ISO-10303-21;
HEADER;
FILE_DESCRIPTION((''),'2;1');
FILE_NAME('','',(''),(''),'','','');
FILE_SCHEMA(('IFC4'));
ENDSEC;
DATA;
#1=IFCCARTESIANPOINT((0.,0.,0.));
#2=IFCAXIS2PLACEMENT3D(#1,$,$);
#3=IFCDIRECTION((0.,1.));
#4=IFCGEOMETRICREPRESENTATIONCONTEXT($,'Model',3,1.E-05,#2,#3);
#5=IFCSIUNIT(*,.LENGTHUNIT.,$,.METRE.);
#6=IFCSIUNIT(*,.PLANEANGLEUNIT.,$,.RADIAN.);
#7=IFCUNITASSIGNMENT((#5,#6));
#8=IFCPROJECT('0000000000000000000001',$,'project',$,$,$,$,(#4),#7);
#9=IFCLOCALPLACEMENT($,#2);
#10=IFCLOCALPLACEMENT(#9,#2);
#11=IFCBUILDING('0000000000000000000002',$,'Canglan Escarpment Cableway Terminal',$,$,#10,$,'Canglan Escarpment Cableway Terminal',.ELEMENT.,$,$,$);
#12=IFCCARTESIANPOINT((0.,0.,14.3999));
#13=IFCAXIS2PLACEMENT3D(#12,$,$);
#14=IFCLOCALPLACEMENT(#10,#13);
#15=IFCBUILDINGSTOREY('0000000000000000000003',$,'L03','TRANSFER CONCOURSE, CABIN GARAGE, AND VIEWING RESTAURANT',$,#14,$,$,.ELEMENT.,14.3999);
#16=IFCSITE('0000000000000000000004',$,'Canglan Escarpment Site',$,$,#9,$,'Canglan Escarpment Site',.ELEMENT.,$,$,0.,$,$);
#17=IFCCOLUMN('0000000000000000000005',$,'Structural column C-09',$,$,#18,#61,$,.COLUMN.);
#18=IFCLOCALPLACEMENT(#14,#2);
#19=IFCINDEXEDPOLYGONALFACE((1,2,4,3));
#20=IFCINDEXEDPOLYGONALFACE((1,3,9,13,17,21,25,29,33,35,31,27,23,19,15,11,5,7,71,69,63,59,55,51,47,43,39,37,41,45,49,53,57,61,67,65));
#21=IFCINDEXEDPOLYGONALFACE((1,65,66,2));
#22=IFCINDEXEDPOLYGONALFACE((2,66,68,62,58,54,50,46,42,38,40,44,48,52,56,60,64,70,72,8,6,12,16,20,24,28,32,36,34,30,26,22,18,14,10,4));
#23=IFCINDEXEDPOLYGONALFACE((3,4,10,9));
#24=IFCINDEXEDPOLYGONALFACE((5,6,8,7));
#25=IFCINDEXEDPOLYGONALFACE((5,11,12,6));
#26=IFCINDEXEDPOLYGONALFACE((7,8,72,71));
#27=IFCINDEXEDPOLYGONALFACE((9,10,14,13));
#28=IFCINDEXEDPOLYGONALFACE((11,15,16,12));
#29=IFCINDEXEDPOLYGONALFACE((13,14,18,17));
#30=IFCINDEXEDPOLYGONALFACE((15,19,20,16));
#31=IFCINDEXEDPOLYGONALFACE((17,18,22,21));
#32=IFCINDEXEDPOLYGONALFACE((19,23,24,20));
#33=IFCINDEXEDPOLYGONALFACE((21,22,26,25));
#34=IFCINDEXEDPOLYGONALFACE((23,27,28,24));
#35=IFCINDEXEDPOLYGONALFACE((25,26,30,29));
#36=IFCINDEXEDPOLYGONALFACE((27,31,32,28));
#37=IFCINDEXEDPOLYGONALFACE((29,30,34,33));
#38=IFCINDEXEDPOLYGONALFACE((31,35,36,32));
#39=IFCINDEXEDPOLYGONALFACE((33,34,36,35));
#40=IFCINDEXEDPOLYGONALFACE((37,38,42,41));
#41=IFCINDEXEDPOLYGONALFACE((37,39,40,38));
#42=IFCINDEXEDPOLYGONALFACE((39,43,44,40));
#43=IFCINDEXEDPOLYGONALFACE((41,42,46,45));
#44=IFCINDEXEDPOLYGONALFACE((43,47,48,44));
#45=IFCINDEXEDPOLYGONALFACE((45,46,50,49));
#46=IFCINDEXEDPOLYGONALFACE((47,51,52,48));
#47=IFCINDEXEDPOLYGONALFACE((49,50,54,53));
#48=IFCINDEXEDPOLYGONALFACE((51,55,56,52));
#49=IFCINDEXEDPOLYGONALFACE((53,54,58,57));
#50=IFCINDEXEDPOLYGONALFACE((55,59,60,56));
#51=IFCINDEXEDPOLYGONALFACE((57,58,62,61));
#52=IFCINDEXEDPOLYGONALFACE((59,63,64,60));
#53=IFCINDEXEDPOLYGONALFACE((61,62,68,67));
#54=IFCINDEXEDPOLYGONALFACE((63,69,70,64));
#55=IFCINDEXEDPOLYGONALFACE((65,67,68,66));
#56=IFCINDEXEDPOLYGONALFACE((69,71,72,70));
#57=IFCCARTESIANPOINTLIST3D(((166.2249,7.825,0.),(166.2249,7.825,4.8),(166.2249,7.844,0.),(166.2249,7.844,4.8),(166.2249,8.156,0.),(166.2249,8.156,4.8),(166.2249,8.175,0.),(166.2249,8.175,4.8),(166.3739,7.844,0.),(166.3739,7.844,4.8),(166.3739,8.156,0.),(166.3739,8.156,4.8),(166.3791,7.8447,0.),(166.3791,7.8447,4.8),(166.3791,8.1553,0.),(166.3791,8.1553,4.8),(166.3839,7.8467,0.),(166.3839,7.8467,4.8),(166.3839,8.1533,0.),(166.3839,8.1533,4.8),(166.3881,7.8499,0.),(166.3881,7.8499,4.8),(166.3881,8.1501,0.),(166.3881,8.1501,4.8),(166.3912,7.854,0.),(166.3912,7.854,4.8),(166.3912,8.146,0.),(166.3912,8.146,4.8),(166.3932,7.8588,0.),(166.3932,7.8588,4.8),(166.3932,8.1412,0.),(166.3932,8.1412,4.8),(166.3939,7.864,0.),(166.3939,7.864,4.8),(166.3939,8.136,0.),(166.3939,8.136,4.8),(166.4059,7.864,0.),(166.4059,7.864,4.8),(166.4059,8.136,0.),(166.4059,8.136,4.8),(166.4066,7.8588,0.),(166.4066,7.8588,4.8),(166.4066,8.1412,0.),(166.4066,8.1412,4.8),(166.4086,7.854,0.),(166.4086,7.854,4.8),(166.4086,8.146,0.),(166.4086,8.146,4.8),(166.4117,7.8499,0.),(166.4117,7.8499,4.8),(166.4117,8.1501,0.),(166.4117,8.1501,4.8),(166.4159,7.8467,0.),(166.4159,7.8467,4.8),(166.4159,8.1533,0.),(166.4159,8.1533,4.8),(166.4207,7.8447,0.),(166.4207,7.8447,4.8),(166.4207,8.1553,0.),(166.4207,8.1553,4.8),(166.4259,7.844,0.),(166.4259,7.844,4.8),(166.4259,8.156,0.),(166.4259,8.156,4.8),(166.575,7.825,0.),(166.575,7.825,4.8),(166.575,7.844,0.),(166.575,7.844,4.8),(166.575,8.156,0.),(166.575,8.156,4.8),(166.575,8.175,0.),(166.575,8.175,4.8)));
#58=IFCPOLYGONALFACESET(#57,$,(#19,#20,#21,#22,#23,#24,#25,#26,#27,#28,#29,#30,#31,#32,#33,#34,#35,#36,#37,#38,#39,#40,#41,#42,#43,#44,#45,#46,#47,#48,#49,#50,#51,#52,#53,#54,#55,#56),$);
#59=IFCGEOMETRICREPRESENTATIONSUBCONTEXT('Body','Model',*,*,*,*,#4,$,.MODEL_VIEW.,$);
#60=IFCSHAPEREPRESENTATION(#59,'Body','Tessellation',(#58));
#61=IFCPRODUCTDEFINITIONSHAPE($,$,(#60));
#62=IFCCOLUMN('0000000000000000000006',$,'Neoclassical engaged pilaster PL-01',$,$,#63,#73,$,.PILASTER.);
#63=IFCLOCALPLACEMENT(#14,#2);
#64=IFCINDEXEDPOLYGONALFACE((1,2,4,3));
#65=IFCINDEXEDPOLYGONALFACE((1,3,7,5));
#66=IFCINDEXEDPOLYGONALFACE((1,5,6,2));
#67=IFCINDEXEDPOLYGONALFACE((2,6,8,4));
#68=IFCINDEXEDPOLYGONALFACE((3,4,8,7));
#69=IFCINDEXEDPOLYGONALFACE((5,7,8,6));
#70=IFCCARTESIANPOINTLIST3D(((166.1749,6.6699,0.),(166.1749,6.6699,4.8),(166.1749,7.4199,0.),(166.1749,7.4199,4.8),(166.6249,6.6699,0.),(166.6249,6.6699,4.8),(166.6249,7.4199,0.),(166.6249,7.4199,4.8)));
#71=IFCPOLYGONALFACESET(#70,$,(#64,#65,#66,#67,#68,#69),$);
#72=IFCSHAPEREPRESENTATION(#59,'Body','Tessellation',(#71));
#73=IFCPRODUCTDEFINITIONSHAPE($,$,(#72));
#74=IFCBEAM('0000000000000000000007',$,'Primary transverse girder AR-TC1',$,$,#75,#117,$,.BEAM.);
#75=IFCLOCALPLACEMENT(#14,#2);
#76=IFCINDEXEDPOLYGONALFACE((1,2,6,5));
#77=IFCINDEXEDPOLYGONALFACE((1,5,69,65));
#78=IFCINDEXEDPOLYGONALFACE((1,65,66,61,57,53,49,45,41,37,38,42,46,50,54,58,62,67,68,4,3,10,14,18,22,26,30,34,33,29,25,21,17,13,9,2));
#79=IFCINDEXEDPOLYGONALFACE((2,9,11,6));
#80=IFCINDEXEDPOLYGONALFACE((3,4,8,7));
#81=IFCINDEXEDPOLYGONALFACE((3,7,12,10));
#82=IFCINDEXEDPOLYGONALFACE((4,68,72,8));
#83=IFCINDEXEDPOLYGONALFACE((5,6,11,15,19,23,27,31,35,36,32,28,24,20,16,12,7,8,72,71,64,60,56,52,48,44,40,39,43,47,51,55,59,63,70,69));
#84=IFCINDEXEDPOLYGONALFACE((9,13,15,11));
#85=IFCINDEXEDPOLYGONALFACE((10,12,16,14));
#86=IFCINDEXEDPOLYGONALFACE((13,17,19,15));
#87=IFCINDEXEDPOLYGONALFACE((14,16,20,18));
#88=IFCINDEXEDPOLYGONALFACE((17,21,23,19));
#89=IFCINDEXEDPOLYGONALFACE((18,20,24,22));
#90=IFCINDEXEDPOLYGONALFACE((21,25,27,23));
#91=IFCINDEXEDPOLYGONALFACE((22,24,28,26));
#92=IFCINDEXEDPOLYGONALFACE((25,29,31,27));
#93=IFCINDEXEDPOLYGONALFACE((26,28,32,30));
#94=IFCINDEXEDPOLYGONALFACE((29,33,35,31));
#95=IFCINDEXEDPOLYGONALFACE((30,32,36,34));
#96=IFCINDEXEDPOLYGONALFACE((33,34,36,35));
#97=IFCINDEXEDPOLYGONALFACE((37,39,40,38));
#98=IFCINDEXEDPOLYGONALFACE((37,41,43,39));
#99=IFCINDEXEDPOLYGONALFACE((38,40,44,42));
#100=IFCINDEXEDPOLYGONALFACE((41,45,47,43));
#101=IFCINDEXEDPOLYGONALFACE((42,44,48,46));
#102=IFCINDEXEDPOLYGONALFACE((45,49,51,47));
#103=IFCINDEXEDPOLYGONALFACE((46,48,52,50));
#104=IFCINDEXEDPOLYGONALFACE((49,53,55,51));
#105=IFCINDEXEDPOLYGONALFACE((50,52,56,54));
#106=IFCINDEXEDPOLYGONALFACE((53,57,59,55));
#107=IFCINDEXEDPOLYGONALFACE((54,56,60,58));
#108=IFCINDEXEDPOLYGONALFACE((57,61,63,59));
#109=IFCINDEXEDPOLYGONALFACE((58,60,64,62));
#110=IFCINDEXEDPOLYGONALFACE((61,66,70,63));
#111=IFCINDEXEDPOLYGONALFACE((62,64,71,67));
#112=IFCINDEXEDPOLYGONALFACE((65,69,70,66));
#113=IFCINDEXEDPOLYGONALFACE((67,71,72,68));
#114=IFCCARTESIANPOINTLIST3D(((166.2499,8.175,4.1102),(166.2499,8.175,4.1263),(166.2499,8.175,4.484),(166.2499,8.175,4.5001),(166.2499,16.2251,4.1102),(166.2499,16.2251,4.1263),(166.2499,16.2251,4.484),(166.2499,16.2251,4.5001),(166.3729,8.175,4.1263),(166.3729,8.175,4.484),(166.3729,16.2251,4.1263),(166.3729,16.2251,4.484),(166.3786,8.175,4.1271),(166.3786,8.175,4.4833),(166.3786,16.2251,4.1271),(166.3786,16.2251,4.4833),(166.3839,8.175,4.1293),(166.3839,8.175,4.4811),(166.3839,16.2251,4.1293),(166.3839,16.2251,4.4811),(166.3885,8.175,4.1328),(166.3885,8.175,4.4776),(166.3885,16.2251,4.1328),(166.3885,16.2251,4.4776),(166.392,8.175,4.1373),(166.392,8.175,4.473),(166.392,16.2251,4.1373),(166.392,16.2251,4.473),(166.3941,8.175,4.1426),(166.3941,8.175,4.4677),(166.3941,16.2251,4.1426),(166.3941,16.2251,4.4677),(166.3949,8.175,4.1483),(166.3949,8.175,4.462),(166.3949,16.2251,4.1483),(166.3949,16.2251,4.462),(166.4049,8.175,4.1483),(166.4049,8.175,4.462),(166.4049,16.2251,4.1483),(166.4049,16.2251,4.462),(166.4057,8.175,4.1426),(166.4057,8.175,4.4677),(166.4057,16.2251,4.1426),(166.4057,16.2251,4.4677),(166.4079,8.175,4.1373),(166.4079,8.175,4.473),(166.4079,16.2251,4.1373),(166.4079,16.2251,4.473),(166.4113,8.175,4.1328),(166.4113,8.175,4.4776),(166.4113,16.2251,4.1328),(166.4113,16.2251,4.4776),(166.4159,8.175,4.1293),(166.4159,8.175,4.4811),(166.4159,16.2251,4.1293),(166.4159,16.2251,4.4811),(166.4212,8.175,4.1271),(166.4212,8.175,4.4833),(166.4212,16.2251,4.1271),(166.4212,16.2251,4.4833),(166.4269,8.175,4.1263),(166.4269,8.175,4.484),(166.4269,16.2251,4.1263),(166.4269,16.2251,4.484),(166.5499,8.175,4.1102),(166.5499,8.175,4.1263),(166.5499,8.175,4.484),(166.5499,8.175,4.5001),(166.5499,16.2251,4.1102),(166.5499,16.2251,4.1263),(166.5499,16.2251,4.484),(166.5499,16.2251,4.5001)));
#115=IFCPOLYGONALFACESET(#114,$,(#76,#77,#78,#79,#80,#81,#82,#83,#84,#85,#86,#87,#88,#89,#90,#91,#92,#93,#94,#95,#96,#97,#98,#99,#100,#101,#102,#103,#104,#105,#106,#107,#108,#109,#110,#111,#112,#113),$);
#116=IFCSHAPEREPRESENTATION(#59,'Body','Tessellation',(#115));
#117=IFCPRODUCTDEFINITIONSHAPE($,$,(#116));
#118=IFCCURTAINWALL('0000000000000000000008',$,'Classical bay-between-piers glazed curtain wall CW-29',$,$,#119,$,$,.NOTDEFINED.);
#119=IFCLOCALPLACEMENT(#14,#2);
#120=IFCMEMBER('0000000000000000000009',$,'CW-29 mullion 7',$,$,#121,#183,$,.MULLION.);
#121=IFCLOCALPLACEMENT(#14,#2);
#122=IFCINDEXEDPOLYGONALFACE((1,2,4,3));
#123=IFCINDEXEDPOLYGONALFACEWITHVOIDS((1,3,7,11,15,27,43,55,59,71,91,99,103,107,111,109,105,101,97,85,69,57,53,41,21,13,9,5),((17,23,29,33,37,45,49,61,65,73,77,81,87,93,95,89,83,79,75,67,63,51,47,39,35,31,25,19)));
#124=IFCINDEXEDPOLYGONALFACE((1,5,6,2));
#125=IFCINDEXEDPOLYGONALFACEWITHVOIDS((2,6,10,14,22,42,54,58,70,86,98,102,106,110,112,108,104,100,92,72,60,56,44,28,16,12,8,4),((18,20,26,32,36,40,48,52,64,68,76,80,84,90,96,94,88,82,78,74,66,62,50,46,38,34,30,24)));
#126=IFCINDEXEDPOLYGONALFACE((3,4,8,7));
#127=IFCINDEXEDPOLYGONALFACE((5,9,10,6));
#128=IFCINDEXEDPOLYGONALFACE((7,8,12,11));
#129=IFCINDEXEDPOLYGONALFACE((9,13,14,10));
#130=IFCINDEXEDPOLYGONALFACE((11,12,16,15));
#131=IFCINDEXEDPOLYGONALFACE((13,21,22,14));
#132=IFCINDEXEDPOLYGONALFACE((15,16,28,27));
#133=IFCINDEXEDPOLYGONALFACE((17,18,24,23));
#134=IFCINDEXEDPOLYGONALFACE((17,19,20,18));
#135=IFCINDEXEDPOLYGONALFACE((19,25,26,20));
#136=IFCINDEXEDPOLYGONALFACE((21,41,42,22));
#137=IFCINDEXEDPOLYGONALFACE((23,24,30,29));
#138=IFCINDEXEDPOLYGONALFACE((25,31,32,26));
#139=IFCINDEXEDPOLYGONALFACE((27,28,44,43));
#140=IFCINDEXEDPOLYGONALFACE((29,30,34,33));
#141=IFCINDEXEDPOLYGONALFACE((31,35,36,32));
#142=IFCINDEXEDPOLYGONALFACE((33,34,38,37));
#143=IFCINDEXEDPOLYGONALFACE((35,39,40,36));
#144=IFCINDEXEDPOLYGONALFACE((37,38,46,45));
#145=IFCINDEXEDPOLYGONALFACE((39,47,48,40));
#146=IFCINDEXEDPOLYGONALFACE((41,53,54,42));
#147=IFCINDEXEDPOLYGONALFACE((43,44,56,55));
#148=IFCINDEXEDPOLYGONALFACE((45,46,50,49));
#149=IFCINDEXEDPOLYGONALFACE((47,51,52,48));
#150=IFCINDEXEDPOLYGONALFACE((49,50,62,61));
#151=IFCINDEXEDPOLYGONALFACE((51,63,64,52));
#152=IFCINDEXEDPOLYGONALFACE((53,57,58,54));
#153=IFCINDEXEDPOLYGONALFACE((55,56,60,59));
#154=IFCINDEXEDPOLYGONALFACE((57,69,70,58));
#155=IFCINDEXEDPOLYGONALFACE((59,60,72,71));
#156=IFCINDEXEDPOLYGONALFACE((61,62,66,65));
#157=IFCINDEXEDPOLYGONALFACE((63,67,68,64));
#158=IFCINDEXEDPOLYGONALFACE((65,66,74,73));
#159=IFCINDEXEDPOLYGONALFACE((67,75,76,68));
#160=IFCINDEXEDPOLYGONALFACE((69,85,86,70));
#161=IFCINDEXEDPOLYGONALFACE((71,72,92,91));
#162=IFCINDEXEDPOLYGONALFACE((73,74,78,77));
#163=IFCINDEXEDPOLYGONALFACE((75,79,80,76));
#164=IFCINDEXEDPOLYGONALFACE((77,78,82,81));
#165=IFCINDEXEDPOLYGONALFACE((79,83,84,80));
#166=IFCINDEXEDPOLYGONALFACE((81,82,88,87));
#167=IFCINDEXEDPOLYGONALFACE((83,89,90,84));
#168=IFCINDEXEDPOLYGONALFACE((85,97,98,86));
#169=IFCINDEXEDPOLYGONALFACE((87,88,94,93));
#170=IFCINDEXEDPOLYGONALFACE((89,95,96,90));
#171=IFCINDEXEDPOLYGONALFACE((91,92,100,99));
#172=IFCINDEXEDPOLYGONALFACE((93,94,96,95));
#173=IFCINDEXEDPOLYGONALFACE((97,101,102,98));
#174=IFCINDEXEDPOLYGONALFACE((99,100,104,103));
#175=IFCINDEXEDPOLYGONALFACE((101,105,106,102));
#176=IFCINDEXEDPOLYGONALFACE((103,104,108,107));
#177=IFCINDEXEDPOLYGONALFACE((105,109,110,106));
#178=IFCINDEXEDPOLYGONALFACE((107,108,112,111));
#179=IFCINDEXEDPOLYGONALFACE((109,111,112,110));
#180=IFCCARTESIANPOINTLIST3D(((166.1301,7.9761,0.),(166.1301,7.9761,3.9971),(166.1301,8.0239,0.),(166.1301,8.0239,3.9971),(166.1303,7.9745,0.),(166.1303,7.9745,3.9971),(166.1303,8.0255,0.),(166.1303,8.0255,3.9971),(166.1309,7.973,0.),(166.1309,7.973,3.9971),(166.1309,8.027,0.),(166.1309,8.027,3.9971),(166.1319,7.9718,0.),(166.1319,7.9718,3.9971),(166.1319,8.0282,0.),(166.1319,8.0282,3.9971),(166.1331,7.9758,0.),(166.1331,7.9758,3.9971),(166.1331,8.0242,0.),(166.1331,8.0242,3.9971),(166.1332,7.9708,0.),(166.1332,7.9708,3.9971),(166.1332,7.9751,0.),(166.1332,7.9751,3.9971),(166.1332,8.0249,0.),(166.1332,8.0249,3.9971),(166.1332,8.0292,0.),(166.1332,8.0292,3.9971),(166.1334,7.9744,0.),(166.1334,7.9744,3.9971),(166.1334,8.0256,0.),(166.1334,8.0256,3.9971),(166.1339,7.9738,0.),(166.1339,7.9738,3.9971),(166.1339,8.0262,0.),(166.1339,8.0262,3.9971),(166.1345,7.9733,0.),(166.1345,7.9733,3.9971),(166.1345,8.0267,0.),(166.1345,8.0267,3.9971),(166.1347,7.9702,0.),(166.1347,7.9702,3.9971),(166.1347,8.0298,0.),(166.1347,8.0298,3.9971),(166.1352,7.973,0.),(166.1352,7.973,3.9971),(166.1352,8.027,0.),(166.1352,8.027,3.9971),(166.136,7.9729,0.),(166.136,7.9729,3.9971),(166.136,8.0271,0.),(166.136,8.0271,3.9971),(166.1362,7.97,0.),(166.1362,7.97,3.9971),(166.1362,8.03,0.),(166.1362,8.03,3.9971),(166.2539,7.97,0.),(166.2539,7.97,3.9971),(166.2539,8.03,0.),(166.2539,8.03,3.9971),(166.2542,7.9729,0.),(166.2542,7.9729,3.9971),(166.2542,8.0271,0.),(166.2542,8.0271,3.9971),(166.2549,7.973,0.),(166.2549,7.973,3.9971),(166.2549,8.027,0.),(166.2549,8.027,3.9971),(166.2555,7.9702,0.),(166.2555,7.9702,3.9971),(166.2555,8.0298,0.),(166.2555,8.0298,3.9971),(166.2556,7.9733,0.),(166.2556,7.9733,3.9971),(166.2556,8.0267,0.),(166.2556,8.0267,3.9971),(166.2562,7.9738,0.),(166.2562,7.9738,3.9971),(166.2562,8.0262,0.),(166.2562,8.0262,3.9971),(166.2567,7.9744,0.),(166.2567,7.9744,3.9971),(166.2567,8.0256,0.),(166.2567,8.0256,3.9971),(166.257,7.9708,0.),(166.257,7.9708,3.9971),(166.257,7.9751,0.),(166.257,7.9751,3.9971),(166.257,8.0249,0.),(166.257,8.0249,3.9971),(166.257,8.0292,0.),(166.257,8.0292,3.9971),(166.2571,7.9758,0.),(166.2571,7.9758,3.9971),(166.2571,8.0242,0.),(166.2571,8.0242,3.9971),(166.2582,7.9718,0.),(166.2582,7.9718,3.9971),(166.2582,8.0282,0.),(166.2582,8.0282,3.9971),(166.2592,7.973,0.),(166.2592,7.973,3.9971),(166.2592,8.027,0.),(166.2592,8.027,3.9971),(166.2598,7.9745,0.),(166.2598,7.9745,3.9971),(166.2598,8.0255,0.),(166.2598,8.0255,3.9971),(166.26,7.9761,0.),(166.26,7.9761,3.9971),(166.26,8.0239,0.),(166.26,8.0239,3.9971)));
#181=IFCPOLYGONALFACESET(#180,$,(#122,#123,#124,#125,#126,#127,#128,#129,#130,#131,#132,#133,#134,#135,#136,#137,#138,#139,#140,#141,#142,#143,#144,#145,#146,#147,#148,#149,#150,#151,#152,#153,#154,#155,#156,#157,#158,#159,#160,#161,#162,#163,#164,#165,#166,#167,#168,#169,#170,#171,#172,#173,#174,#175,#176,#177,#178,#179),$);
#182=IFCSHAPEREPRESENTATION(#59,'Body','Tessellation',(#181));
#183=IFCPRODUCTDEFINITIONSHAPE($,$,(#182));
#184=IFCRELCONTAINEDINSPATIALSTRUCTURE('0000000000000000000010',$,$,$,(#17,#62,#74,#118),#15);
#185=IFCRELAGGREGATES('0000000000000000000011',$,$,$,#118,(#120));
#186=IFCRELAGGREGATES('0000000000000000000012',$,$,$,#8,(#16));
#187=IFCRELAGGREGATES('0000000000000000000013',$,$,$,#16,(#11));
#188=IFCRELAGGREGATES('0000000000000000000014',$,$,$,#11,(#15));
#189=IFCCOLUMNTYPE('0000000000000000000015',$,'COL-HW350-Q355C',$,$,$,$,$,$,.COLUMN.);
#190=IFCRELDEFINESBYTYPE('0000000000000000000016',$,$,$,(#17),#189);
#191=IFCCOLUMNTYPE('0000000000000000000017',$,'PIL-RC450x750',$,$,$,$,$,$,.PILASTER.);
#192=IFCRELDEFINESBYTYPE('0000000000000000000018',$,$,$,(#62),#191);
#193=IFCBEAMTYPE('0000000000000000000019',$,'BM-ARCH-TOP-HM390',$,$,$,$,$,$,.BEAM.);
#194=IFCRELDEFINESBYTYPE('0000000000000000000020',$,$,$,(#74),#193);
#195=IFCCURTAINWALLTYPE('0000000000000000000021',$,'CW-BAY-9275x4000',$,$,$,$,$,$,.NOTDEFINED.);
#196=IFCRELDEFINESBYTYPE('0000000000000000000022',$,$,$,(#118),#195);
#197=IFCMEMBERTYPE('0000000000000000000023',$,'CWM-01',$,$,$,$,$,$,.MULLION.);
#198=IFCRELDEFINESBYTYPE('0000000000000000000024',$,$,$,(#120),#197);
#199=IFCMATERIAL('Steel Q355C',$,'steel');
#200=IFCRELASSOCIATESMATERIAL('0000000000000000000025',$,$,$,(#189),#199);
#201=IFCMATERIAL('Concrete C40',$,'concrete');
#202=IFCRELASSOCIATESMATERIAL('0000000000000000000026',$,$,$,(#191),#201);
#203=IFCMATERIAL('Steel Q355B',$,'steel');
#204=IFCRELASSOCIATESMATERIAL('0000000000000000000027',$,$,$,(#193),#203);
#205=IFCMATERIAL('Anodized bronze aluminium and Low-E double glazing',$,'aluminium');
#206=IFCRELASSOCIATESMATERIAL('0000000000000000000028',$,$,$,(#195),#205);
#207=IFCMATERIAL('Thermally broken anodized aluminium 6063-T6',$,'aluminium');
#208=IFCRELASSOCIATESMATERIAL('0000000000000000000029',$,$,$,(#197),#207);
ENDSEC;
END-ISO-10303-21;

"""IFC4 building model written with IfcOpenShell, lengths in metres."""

from ifc_helpers import new_model, si_unit, direction, frame, origin, origin_2d, place, context, subcontext, project, spatial, rectangle, hollow_rectangle, i_section, extrude, material, material_profile, profile_set, type_object, element, aggregate, save


model = new_model("IFC4")

# Units and contexts
model_context = context("Model", 3, precision=1e-05, world=origin(), true_north=direction((0.0, 1.0)))
body_context = subcontext(model_context, "Body", "Model", "MODEL_VIEW")
ifc_project = project(units=[si_unit("LENGTHUNIT", "METRE"), si_unit("PLANEANGLEUNIT", "RADIAN")], contexts=[model_context])

# Site, building, storey
site_placement = place(None, origin())
site = spatial("IfcSite", under=ifc_project, at=site_placement, Name="Canglan Escarpment Site", LongName="Canglan Escarpment Site", CompositionType="ELEMENT", RefElevation=0.0)
building_placement = place(site_placement, origin())
building = spatial("IfcBuilding", under=site, at=building_placement, Name="Canglan Escarpment Cableway Terminal", LongName="Canglan Escarpment Cableway Terminal", CompositionType="ELEMENT")
storey_placement = place(building_placement, frame((0.0, 0.0, 14.3999)))
storey = spatial("IfcBuildingStorey", under=building, at=storey_placement, Name="L03", Description="TRANSFER CONCOURSE, CABIN GARAGE, AND VIEWING RESTAURANT", CompositionType="ELEMENT", Elevation=14.3999)

# Columns
ifc_material_1 = material(Name="Steel Q355C", Category="steel")
ifc_material_profile_1 = material_profile(ifc_material_1, i_section(OverallWidth=0.3501, OverallDepth=0.3501, WebThickness=0.012, FlangeThickness=0.019, FilletRadius=0.02, at=origin_2d()), Name="HW 350x350x12x19")
ifc_profile_set_1 = profile_set([ifc_material_profile_1], Name="Steel Q355C")
column_type_1 = type_object("IfcColumnType", Name="COL-HW350-Q355C", PredefinedType="COLUMN", material=ifc_profile_set_1)
column_1_placement = place(storey_placement, frame((166.3999, 8.0, 0.0), z_axis=(0.0, 0.0, 1.0), x_axis=(1.0, 0.0, 0.0)))
element("IfcColumn", 1, at=column_1_placement, inside=storey, type_object=column_type_1, Name="Structural column C-09", PredefinedType="COLUMN", context=body_context, shape_type="SweptSolid", body=[
    extrude(i_section(OverallWidth=0.3501, OverallDepth=0.3501, WebThickness=0.012, FlangeThickness=0.019, FilletRadius=0.02, at=origin_2d()), origin(), (0.0, 0.0, 1.0), 4.8),
])
ifc_material_2 = material(Name="Concrete C40", Category="concrete")
ifc_material_profile_2 = material_profile(ifc_material_2, rectangle(XDim=0.45, YDim=0.75, at=origin_2d()), Name="RC-PIL 450x750")
ifc_profile_set_2 = profile_set([ifc_material_profile_2], Name="Concrete C40")
column_type_2 = type_object("IfcColumnType", Name="PIL-RC450x750", PredefinedType="PILASTER", material=ifc_profile_set_2)
column_2_placement = place(storey_placement, frame((166.3999, 7.0449, 0.0), z_axis=(0.0, 0.0, 1.0), x_axis=(1.0, 0.0, 0.0)))
element("IfcColumn", 2, at=column_2_placement, inside=storey, type_object=column_type_2, Name="Neoclassical engaged pilaster PL-01", PredefinedType="PILASTER", context=body_context, shape_type="SweptSolid", body=[
    extrude(rectangle(XDim=0.45, YDim=0.75, at=origin_2d()), origin(), (0.0, 0.0, 1.0), 4.8),
])

# Beam
ifc_material_3 = material(Name="Steel Q355B", Category="steel")
ifc_material_profile_3 = material_profile(ifc_material_3, i_section(OverallWidth=0.3, OverallDepth=0.3899, WebThickness=0.01, FlangeThickness=0.0161, FilletRadius=0.022, at=origin_2d()), Name="HM 390x300x10x16")
ifc_profile_set_3 = profile_set([ifc_material_profile_3], Name="Steel Q355B")
beam_type = type_object("IfcBeamType", Name="BM-ARCH-TOP-HM390", PredefinedType="BEAM", material=ifc_profile_set_3)
beam_placement = place(storey_placement, frame((166.3999, 8.175, 4.3052), z_axis=(0.0, 1.0, 0.0), x_axis=(-1.0, 0.0, 0.0)))
element("IfcBeam", 3, at=beam_placement, inside=storey, type_object=beam_type, Name="Primary transverse girder AR-TC1", PredefinedType="BEAM", context=body_context, shape_type="SweptSolid", body=[
    extrude(i_section(OverallWidth=0.3, OverallDepth=0.3899, WebThickness=0.01, FlangeThickness=0.0161, FilletRadius=0.022, at=origin_2d()), origin(), (0.0, 0.0, 1.0), 8.05),
])

# Curtain wall, member
ifc_material_4 = material(Name="Anodized bronze aluminium and Low-E double glazing", Category="aluminium")
curtain_wall_type_1 = type_object("IfcCurtainWallType", Name="CW-BAY-9275x4000", PredefinedType="NOTDEFINED", material=ifc_material_4)
curtain_wall_1_placement = place(storey_placement, origin())
curtain_wall_1 = element("IfcCurtainWall", 4, at=curtain_wall_1_placement, inside=storey, type_object=curtain_wall_type_1, Name="Classical bay-between-piers glazed curtain wall CW-29", PredefinedType="NOTDEFINED")
ifc_material_5 = material(Name="Thermally broken anodized aluminium 6063-T6", Category="aluminium")
ifc_material_profile_4 = material_profile(ifc_material_5, hollow_rectangle(XDim=0.0601, YDim=0.1299, WallThickness=0.0029, InnerFilletRadius=0.0029, OuterFilletRadius=0.0061, at=origin_2d()), Name="ALU-MULL 60x130x3")
ifc_profile_set_4 = profile_set([ifc_material_profile_4], Name="Thermally broken anodized aluminium 6063-T6")
member_type_1 = type_object("IfcMemberType", Name="CWM-01", PredefinedType="MULLION", material=ifc_profile_set_4)
member_1_placement = place(storey_placement, frame((166.1951, 8.0, 0.0), z_axis=(0.0, 0.0, 1.0), x_axis=(0.0, 1.0, 0.0)))
member_1 = element("IfcMember", 5, at=member_1_placement, type_object=member_type_1, Name="CW-29 mullion 7", PredefinedType="MULLION", context=body_context, shape_type="SweptSolid", body=[
    extrude(hollow_rectangle(XDim=0.0601, YDim=0.1299, WallThickness=0.0029, InnerFilletRadius=0.0029, OuterFilletRadius=0.0061, at=origin_2d()), origin(), (0.0, 0.0, 1.0), 3.9971),
])

aggregate(curtain_wall_1, [member_1])

save(model, "model.ifc")
